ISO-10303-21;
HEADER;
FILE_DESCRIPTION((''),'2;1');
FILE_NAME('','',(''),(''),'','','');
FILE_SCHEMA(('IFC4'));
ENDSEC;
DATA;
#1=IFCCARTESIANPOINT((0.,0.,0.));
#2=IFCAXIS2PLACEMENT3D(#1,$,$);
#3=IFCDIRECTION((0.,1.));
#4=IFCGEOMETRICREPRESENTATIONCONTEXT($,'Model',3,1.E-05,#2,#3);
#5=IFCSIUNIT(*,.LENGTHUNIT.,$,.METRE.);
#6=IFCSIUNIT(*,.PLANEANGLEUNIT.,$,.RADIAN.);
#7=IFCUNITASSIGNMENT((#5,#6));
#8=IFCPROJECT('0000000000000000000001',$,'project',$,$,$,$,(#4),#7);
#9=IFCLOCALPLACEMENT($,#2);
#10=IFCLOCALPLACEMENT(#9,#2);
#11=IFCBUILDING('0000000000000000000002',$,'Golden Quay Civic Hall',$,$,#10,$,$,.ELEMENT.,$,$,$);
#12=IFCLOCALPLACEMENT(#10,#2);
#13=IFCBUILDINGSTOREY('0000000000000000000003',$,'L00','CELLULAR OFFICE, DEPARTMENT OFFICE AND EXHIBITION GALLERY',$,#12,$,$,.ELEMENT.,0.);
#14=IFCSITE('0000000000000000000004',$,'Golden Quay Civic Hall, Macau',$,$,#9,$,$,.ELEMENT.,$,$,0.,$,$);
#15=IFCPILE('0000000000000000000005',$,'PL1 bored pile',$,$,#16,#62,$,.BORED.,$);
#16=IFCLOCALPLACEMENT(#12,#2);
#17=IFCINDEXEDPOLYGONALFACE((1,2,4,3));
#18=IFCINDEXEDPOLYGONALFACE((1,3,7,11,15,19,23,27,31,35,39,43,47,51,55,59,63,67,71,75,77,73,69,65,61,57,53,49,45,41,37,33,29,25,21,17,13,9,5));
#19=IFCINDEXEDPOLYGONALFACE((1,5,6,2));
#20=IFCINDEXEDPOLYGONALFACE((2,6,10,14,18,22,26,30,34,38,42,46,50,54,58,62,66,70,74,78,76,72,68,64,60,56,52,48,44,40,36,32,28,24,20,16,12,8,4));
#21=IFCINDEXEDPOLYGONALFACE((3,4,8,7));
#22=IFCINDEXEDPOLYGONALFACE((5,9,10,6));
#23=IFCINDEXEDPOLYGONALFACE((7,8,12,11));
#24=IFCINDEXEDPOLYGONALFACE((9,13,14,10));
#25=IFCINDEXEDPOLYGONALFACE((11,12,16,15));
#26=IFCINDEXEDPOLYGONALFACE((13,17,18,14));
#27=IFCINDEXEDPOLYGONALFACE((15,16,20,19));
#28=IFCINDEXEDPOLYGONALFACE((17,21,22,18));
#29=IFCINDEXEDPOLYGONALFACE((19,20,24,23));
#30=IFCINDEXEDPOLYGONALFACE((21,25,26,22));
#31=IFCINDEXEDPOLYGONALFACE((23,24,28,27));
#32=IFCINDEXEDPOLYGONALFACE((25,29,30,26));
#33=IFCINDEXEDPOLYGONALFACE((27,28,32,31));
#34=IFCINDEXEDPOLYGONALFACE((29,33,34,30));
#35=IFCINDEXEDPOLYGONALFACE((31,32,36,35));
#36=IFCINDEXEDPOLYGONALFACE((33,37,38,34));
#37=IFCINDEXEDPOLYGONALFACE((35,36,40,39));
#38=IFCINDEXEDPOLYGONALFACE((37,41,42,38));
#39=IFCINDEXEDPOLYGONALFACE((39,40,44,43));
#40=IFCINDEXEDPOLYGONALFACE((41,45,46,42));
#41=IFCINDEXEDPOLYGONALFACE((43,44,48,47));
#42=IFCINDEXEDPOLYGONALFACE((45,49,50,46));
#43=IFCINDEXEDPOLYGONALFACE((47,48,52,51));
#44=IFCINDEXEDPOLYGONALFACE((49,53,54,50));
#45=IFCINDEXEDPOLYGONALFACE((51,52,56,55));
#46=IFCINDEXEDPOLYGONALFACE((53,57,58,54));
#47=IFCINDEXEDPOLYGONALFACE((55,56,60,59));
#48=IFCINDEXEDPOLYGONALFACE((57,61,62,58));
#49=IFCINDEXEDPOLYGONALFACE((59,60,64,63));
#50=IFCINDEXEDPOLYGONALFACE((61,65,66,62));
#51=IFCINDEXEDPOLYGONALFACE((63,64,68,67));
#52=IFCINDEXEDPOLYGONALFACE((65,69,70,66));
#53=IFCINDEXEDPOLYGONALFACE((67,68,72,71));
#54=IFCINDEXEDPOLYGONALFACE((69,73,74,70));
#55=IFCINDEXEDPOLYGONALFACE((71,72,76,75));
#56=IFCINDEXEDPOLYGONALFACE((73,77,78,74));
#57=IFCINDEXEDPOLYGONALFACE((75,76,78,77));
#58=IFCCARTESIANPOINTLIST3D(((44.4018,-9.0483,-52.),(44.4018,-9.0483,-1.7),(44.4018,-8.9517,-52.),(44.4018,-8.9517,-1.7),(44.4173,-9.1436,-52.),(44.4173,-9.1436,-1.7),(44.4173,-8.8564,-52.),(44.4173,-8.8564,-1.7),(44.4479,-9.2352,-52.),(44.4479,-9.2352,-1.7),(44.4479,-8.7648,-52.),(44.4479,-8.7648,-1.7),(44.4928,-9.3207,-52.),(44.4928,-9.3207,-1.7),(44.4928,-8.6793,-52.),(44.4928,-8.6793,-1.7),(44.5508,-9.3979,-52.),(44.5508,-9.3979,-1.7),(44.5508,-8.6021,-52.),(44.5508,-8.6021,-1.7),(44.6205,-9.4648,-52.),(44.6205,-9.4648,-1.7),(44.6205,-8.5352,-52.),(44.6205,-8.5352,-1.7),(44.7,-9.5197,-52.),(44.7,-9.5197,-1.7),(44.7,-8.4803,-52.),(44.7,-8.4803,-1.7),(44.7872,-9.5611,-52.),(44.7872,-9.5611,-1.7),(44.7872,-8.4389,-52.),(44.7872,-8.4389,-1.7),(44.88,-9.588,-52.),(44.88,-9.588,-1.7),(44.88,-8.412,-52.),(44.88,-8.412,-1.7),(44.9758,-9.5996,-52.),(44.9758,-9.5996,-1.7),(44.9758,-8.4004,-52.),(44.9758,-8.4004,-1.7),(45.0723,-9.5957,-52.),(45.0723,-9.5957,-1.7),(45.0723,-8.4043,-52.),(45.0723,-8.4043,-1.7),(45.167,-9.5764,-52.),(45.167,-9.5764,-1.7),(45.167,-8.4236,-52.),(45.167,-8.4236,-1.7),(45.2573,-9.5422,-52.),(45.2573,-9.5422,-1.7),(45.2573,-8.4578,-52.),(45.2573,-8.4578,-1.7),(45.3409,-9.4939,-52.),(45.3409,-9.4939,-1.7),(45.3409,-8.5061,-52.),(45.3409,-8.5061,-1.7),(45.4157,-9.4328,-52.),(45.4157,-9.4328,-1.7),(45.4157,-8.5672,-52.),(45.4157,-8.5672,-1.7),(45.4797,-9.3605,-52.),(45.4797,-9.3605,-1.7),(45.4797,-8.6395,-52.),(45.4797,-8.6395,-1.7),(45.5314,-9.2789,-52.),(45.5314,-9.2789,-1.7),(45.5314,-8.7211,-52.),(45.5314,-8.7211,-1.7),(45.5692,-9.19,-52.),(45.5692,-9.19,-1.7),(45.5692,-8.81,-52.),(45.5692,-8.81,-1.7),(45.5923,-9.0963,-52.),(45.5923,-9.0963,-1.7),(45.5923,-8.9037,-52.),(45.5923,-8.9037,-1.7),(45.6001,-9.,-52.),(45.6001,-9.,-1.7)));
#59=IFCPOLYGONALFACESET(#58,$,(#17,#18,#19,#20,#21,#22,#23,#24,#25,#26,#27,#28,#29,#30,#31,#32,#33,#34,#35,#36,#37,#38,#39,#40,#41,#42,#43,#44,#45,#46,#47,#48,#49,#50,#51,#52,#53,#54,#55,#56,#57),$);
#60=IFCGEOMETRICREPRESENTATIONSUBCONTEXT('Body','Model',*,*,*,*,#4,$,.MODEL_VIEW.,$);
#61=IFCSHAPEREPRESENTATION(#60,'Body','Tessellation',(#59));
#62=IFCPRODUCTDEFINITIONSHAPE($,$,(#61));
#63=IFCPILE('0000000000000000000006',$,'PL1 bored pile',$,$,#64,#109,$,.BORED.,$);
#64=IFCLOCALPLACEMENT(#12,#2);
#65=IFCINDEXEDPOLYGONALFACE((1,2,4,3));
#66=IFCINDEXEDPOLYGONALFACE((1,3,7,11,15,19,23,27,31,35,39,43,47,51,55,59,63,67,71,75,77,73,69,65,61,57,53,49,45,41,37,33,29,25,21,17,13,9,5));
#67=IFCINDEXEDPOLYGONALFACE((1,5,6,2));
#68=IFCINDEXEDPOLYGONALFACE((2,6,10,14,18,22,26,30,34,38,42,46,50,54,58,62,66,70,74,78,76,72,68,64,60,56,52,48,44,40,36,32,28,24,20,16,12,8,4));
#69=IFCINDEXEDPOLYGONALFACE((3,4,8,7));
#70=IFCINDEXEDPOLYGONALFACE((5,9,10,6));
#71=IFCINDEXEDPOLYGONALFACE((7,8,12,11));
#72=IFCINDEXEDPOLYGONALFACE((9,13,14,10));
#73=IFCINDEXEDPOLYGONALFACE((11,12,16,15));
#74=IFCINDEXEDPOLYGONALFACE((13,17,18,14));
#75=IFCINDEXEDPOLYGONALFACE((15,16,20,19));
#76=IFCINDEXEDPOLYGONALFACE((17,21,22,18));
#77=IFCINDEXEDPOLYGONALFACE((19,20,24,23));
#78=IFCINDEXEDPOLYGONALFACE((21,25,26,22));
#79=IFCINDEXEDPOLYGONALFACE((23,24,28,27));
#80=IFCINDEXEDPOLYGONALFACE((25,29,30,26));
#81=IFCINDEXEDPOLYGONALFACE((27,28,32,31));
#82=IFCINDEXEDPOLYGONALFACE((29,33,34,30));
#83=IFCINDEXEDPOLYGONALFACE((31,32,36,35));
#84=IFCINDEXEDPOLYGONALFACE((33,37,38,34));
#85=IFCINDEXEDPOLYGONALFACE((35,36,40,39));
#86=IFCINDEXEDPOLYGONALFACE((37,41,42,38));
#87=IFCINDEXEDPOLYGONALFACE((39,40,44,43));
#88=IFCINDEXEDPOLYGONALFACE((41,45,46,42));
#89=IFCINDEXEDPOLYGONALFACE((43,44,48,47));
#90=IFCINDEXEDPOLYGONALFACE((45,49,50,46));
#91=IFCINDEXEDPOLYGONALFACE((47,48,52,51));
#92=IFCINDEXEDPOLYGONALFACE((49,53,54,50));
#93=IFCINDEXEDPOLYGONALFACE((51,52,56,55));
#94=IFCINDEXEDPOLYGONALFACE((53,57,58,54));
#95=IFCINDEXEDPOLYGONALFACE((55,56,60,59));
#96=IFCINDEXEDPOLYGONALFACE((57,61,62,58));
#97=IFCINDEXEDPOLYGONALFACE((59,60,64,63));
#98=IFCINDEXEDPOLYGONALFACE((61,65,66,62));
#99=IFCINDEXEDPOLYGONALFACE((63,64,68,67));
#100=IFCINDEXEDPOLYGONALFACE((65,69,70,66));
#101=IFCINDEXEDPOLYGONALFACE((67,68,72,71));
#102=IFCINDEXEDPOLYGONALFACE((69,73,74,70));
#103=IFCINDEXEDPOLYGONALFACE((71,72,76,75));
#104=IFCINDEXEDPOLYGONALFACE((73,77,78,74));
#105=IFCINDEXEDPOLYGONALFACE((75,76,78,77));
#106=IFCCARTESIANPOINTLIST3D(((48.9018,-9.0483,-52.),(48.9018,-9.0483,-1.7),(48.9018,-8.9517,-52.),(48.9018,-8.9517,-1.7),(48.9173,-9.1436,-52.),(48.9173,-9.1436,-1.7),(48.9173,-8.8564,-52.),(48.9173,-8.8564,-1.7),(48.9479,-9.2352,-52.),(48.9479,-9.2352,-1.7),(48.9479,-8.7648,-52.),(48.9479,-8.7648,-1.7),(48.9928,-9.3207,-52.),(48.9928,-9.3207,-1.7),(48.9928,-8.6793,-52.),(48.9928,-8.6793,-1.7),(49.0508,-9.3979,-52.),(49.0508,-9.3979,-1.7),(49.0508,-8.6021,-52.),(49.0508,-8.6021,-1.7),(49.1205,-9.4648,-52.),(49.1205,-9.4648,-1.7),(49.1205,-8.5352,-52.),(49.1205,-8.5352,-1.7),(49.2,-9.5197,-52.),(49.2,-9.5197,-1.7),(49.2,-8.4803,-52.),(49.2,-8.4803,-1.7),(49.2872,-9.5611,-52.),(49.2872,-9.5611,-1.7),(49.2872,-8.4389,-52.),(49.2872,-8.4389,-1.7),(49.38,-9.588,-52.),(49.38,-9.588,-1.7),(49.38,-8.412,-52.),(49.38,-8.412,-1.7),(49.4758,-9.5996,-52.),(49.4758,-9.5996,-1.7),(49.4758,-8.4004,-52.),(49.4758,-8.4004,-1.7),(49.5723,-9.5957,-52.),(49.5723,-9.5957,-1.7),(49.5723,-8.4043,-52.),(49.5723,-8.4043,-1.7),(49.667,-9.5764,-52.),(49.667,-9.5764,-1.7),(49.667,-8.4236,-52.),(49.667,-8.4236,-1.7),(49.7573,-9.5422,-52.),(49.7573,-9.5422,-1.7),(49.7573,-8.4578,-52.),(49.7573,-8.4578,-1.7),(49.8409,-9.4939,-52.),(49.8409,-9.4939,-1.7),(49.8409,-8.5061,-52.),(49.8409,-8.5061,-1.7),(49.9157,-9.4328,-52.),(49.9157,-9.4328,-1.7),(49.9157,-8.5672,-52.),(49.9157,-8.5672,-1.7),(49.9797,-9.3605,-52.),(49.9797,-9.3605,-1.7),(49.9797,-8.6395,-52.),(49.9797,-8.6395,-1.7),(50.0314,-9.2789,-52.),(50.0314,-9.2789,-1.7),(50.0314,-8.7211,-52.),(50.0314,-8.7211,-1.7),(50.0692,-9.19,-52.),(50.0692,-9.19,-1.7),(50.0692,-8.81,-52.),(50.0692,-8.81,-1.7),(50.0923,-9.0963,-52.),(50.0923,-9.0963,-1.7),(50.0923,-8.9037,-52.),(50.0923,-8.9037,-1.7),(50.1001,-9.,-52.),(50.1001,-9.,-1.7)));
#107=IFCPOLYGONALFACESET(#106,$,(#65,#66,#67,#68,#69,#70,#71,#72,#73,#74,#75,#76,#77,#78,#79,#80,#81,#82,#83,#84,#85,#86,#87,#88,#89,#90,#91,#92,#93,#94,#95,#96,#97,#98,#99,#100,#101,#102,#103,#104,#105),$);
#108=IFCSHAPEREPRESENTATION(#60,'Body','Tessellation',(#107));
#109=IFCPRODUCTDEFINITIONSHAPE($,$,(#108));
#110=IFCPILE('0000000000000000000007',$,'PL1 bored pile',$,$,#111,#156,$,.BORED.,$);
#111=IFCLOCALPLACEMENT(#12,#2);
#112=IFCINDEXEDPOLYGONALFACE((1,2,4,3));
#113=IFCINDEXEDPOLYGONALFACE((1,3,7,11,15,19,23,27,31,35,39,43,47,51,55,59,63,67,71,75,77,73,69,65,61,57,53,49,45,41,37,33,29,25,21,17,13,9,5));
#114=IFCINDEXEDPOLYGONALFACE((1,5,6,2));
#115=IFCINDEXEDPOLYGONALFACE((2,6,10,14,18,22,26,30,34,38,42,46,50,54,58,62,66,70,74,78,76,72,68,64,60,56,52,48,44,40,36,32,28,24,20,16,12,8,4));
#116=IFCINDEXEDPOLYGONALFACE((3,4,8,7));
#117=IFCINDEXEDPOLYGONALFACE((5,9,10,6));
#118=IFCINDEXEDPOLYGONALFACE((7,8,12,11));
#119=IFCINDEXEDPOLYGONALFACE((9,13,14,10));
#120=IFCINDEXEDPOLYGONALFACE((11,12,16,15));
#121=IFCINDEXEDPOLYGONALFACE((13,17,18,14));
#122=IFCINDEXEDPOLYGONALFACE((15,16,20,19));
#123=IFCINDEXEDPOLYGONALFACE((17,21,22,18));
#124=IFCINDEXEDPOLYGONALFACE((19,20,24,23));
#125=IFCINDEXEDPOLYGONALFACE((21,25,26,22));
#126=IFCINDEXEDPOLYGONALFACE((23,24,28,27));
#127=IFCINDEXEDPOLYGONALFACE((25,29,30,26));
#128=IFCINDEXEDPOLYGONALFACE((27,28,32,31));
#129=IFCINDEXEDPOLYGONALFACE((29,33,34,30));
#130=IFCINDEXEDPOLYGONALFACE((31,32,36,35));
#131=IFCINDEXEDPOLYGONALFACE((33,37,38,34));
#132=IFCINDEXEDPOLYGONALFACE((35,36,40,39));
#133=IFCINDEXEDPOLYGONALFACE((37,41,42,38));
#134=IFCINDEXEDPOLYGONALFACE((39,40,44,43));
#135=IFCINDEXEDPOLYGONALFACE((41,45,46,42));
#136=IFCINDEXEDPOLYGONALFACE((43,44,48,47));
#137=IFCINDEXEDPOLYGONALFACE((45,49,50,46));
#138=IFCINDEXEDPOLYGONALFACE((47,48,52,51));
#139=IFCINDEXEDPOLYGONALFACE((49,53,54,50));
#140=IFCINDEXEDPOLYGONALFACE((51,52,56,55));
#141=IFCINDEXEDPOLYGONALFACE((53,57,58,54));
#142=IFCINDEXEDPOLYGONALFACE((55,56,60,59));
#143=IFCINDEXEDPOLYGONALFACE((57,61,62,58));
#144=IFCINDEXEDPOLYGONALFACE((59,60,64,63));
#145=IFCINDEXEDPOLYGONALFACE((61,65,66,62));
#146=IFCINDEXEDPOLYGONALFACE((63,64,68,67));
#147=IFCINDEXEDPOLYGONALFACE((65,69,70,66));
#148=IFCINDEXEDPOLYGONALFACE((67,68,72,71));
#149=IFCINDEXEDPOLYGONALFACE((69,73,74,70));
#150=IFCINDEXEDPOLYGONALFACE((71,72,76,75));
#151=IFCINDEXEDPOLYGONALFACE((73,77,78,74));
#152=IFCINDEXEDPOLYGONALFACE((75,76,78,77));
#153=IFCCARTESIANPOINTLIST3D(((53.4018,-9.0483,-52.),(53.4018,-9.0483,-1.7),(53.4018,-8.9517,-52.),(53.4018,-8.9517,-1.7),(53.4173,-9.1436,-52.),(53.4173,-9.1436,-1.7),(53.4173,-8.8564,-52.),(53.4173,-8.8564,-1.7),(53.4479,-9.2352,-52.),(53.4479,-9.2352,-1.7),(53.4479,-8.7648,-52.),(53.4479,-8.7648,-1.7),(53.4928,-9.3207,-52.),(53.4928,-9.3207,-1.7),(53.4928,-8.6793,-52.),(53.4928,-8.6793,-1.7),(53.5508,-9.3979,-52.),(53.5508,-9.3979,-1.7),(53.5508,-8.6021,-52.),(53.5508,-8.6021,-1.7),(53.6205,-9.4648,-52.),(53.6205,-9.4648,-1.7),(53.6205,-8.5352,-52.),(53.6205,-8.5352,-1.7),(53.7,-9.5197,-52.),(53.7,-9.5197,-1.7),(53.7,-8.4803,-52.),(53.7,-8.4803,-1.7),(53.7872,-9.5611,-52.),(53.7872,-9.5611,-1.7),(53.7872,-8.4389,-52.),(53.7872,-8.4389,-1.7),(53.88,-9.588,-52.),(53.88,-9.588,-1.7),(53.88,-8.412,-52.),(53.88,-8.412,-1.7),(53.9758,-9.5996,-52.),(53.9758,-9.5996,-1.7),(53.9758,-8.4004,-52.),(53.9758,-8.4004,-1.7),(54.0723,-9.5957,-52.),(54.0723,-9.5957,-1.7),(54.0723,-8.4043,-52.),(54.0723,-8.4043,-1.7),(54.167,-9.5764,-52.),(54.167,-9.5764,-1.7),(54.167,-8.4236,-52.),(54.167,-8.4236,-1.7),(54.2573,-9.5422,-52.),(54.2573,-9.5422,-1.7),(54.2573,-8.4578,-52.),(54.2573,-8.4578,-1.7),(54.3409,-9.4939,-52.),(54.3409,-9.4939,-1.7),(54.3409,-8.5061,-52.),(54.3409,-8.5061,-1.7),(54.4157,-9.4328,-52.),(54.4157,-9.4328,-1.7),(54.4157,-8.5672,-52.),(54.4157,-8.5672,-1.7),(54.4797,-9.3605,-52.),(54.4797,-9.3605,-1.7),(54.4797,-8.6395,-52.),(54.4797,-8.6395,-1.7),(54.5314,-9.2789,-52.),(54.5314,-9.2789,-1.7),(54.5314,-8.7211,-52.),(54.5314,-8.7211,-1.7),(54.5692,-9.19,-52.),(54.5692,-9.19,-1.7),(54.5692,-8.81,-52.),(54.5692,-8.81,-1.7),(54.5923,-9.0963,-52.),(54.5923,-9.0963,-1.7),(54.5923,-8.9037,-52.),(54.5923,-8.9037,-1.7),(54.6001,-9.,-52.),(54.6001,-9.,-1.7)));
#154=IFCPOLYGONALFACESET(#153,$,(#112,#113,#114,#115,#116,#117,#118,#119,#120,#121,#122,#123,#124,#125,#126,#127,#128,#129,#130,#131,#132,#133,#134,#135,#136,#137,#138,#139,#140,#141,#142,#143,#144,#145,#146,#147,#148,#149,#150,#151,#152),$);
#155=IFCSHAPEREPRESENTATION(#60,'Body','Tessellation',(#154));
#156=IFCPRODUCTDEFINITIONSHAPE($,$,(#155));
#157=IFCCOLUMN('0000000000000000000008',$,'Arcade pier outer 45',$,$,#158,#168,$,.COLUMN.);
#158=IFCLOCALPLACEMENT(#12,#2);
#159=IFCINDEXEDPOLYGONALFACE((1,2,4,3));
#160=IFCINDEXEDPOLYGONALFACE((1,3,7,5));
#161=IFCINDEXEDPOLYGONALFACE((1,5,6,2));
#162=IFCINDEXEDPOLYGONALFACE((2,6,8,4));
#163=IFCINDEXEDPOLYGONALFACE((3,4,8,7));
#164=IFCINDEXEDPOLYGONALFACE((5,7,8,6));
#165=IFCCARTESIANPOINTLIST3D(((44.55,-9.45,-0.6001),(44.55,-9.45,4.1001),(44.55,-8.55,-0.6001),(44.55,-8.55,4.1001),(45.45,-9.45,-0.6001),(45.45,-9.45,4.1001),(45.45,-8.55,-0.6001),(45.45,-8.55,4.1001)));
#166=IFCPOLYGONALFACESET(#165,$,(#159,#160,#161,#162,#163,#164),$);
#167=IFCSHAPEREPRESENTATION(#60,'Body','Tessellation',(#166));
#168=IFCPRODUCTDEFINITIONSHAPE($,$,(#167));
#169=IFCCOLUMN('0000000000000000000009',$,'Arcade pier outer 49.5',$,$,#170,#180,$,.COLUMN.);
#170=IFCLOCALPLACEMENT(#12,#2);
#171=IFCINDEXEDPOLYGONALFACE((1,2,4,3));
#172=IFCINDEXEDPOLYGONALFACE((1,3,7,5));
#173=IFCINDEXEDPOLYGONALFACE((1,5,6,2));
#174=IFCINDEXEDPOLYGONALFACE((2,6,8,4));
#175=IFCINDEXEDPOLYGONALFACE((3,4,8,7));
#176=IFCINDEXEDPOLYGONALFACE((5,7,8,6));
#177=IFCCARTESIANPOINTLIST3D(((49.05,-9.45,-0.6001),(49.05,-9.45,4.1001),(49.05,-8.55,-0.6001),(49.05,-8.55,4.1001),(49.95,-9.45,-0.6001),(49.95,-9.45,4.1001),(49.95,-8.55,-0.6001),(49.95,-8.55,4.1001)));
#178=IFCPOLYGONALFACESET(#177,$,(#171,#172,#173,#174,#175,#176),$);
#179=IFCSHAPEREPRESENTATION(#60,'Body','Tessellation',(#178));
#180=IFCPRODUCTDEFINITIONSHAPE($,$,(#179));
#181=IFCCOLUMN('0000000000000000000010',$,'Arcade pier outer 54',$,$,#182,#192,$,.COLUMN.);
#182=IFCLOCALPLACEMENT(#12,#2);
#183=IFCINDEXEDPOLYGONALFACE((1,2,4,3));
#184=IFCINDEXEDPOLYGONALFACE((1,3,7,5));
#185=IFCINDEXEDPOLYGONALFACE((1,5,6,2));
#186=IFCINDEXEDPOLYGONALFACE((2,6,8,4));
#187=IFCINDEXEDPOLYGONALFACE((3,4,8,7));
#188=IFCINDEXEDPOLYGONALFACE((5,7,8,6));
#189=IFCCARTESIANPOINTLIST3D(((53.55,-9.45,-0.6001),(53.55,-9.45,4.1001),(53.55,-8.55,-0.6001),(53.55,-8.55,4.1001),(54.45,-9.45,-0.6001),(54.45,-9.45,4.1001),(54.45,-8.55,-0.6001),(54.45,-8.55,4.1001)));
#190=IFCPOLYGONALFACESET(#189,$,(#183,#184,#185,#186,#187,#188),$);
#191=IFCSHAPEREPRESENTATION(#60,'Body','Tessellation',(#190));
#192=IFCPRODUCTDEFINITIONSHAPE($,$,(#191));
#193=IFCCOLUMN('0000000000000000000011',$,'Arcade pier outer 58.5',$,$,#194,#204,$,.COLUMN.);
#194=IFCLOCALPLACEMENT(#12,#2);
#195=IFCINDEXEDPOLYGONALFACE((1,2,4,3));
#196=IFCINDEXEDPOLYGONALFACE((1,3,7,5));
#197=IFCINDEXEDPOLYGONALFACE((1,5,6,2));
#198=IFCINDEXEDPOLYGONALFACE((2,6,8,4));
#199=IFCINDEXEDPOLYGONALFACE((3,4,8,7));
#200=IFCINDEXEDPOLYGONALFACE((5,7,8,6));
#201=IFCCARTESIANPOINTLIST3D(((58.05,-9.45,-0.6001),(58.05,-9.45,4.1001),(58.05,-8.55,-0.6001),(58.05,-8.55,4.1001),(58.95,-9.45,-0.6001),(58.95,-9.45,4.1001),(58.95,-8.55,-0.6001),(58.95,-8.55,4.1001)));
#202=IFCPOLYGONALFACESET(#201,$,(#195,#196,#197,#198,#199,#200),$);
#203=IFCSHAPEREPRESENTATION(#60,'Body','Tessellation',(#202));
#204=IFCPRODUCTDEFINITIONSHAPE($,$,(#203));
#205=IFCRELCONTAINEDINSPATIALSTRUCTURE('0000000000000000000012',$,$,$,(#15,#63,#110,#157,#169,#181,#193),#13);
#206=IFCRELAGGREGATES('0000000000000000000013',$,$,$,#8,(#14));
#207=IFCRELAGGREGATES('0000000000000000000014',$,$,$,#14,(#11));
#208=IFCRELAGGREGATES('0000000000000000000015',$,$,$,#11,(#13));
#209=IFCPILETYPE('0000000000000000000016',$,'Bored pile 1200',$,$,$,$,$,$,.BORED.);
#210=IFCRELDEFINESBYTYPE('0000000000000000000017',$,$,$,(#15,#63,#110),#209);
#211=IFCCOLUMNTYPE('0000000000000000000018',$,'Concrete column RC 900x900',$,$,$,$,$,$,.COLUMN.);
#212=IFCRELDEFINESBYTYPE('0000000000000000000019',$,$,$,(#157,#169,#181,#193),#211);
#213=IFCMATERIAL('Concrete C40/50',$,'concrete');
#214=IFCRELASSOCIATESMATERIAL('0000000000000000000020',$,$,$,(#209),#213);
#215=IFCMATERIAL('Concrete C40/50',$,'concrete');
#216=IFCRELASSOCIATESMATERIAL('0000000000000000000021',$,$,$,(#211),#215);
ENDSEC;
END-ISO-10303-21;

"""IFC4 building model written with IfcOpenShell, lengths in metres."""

from ifc_helpers import new_model, si_unit, direction, frame, origin, origin_2d, place, context, subcontext, project, spatial, rectangle, circle, extrude, material, material_profile, profile_set, type_object, element, save


model = new_model("IFC4")

# Units and contexts
model_context = context("Model", 3, precision=1e-05, world=origin(), true_north=direction((0.0, 1.0)))
body_context = subcontext(model_context, "Body", "Model", "MODEL_VIEW")
ifc_project = project(units=[si_unit("LENGTHUNIT", "METRE"), si_unit("PLANEANGLEUNIT", "RADIAN")], contexts=[model_context])

# Site, building, storey
site_placement = place(None, origin())
site = spatial("IfcSite", under=ifc_project, at=site_placement, Name="Golden Quay Civic Hall, Macau", CompositionType="ELEMENT", RefElevation=0.0)
building_placement = place(site_placement, origin())
building = spatial("IfcBuilding", under=site, at=building_placement, Name="Golden Quay Civic Hall", CompositionType="ELEMENT")
storey_placement = place(building_placement, origin())
storey = spatial("IfcBuildingStorey", under=building, at=storey_placement, Name="L00", Description="CELLULAR OFFICE, DEPARTMENT OFFICE AND EXHIBITION GALLERY", CompositionType="ELEMENT", Elevation=0.0)

# Piles
ifc_material_1 = material(Name="Concrete C40/50", Category="concrete")
ifc_material_profile_1 = material_profile(ifc_material_1, circle(Radius=0.6001, at=origin_2d()), Name="RC D1200")
ifc_profile_set_1 = profile_set([ifc_material_profile_1], Name="Concrete C40/50")
pile_type = type_object("IfcPileType", Name="Bored pile 1200", PredefinedType="BORED", material=ifc_profile_set_1)
for number, where, z_axis, x_axis, name in (
    (1, (45.0, -9.0, -1.7), (0.0, 0.0, -1.0), (1.0, 0.0, 0.0), "PL1 bored pile"),
    (2, (49.5, -9.0, -1.7), (0.0, 0.0, -1.0), (1.0, 0.0, 0.0), "PL1 bored pile"),
    (3, (54.0, -9.0, -1.7), (0.0, 0.0, -1.0), (1.0, 0.0, 0.0), "PL1 bored pile"),
):
    element("IfcPile", number, at=place(storey_placement, frame(where, z_axis=z_axis, x_axis=x_axis)), inside=storey, type_object=pile_type, Name=name, PredefinedType="BORED", context=body_context, shape_type="SweptSolid", body=[
        extrude(circle(Radius=0.6001, at=origin_2d()), origin(), (0.0, 0.0, 1.0), 50.3),
    ])

# Columns
ifc_material_2 = material(Name="Concrete C40/50", Category="concrete")
ifc_material_profile_2 = material_profile(ifc_material_2, rectangle(XDim=0.8999, YDim=0.8999, at=origin_2d()), Name="RC 900x900")
ifc_profile_set_2 = profile_set([ifc_material_profile_2], Name="Concrete C40/50")
column_type = type_object("IfcColumnType", Name="Concrete column RC 900x900", PredefinedType="COLUMN", material=ifc_profile_set_2)
for number, where, z_axis, x_axis, name in (
    (4, (45.0, -9.0, -0.6001), (0.0, 0.0, 1.0), (1.0, 0.0, 0.0), "Arcade pier outer 45"),
    (5, (49.5, -9.0, -0.6001), (0.0, 0.0, 1.0), (1.0, 0.0, 0.0), "Arcade pier outer 49.5"),
    (6, (54.0, -9.0, -0.6001), (0.0, 0.0, 1.0), (1.0, 0.0, 0.0), "Arcade pier outer 54"),
    (7, (58.5, -9.0, -0.6001), (0.0, 0.0, 1.0), (1.0, 0.0, 0.0), "Arcade pier outer 58.5"),
):
    element("IfcColumn", number, at=place(storey_placement, frame(where, z_axis=z_axis, x_axis=x_axis)), inside=storey, type_object=column_type, Name=name, PredefinedType="COLUMN", context=body_context, shape_type="SweptSolid", body=[
        extrude(rectangle(XDim=0.8999, YDim=0.8999, at=origin_2d()), origin(), (0.0, 0.0, 1.0), 4.7002),
    ])

save(model, "model.ifc")
